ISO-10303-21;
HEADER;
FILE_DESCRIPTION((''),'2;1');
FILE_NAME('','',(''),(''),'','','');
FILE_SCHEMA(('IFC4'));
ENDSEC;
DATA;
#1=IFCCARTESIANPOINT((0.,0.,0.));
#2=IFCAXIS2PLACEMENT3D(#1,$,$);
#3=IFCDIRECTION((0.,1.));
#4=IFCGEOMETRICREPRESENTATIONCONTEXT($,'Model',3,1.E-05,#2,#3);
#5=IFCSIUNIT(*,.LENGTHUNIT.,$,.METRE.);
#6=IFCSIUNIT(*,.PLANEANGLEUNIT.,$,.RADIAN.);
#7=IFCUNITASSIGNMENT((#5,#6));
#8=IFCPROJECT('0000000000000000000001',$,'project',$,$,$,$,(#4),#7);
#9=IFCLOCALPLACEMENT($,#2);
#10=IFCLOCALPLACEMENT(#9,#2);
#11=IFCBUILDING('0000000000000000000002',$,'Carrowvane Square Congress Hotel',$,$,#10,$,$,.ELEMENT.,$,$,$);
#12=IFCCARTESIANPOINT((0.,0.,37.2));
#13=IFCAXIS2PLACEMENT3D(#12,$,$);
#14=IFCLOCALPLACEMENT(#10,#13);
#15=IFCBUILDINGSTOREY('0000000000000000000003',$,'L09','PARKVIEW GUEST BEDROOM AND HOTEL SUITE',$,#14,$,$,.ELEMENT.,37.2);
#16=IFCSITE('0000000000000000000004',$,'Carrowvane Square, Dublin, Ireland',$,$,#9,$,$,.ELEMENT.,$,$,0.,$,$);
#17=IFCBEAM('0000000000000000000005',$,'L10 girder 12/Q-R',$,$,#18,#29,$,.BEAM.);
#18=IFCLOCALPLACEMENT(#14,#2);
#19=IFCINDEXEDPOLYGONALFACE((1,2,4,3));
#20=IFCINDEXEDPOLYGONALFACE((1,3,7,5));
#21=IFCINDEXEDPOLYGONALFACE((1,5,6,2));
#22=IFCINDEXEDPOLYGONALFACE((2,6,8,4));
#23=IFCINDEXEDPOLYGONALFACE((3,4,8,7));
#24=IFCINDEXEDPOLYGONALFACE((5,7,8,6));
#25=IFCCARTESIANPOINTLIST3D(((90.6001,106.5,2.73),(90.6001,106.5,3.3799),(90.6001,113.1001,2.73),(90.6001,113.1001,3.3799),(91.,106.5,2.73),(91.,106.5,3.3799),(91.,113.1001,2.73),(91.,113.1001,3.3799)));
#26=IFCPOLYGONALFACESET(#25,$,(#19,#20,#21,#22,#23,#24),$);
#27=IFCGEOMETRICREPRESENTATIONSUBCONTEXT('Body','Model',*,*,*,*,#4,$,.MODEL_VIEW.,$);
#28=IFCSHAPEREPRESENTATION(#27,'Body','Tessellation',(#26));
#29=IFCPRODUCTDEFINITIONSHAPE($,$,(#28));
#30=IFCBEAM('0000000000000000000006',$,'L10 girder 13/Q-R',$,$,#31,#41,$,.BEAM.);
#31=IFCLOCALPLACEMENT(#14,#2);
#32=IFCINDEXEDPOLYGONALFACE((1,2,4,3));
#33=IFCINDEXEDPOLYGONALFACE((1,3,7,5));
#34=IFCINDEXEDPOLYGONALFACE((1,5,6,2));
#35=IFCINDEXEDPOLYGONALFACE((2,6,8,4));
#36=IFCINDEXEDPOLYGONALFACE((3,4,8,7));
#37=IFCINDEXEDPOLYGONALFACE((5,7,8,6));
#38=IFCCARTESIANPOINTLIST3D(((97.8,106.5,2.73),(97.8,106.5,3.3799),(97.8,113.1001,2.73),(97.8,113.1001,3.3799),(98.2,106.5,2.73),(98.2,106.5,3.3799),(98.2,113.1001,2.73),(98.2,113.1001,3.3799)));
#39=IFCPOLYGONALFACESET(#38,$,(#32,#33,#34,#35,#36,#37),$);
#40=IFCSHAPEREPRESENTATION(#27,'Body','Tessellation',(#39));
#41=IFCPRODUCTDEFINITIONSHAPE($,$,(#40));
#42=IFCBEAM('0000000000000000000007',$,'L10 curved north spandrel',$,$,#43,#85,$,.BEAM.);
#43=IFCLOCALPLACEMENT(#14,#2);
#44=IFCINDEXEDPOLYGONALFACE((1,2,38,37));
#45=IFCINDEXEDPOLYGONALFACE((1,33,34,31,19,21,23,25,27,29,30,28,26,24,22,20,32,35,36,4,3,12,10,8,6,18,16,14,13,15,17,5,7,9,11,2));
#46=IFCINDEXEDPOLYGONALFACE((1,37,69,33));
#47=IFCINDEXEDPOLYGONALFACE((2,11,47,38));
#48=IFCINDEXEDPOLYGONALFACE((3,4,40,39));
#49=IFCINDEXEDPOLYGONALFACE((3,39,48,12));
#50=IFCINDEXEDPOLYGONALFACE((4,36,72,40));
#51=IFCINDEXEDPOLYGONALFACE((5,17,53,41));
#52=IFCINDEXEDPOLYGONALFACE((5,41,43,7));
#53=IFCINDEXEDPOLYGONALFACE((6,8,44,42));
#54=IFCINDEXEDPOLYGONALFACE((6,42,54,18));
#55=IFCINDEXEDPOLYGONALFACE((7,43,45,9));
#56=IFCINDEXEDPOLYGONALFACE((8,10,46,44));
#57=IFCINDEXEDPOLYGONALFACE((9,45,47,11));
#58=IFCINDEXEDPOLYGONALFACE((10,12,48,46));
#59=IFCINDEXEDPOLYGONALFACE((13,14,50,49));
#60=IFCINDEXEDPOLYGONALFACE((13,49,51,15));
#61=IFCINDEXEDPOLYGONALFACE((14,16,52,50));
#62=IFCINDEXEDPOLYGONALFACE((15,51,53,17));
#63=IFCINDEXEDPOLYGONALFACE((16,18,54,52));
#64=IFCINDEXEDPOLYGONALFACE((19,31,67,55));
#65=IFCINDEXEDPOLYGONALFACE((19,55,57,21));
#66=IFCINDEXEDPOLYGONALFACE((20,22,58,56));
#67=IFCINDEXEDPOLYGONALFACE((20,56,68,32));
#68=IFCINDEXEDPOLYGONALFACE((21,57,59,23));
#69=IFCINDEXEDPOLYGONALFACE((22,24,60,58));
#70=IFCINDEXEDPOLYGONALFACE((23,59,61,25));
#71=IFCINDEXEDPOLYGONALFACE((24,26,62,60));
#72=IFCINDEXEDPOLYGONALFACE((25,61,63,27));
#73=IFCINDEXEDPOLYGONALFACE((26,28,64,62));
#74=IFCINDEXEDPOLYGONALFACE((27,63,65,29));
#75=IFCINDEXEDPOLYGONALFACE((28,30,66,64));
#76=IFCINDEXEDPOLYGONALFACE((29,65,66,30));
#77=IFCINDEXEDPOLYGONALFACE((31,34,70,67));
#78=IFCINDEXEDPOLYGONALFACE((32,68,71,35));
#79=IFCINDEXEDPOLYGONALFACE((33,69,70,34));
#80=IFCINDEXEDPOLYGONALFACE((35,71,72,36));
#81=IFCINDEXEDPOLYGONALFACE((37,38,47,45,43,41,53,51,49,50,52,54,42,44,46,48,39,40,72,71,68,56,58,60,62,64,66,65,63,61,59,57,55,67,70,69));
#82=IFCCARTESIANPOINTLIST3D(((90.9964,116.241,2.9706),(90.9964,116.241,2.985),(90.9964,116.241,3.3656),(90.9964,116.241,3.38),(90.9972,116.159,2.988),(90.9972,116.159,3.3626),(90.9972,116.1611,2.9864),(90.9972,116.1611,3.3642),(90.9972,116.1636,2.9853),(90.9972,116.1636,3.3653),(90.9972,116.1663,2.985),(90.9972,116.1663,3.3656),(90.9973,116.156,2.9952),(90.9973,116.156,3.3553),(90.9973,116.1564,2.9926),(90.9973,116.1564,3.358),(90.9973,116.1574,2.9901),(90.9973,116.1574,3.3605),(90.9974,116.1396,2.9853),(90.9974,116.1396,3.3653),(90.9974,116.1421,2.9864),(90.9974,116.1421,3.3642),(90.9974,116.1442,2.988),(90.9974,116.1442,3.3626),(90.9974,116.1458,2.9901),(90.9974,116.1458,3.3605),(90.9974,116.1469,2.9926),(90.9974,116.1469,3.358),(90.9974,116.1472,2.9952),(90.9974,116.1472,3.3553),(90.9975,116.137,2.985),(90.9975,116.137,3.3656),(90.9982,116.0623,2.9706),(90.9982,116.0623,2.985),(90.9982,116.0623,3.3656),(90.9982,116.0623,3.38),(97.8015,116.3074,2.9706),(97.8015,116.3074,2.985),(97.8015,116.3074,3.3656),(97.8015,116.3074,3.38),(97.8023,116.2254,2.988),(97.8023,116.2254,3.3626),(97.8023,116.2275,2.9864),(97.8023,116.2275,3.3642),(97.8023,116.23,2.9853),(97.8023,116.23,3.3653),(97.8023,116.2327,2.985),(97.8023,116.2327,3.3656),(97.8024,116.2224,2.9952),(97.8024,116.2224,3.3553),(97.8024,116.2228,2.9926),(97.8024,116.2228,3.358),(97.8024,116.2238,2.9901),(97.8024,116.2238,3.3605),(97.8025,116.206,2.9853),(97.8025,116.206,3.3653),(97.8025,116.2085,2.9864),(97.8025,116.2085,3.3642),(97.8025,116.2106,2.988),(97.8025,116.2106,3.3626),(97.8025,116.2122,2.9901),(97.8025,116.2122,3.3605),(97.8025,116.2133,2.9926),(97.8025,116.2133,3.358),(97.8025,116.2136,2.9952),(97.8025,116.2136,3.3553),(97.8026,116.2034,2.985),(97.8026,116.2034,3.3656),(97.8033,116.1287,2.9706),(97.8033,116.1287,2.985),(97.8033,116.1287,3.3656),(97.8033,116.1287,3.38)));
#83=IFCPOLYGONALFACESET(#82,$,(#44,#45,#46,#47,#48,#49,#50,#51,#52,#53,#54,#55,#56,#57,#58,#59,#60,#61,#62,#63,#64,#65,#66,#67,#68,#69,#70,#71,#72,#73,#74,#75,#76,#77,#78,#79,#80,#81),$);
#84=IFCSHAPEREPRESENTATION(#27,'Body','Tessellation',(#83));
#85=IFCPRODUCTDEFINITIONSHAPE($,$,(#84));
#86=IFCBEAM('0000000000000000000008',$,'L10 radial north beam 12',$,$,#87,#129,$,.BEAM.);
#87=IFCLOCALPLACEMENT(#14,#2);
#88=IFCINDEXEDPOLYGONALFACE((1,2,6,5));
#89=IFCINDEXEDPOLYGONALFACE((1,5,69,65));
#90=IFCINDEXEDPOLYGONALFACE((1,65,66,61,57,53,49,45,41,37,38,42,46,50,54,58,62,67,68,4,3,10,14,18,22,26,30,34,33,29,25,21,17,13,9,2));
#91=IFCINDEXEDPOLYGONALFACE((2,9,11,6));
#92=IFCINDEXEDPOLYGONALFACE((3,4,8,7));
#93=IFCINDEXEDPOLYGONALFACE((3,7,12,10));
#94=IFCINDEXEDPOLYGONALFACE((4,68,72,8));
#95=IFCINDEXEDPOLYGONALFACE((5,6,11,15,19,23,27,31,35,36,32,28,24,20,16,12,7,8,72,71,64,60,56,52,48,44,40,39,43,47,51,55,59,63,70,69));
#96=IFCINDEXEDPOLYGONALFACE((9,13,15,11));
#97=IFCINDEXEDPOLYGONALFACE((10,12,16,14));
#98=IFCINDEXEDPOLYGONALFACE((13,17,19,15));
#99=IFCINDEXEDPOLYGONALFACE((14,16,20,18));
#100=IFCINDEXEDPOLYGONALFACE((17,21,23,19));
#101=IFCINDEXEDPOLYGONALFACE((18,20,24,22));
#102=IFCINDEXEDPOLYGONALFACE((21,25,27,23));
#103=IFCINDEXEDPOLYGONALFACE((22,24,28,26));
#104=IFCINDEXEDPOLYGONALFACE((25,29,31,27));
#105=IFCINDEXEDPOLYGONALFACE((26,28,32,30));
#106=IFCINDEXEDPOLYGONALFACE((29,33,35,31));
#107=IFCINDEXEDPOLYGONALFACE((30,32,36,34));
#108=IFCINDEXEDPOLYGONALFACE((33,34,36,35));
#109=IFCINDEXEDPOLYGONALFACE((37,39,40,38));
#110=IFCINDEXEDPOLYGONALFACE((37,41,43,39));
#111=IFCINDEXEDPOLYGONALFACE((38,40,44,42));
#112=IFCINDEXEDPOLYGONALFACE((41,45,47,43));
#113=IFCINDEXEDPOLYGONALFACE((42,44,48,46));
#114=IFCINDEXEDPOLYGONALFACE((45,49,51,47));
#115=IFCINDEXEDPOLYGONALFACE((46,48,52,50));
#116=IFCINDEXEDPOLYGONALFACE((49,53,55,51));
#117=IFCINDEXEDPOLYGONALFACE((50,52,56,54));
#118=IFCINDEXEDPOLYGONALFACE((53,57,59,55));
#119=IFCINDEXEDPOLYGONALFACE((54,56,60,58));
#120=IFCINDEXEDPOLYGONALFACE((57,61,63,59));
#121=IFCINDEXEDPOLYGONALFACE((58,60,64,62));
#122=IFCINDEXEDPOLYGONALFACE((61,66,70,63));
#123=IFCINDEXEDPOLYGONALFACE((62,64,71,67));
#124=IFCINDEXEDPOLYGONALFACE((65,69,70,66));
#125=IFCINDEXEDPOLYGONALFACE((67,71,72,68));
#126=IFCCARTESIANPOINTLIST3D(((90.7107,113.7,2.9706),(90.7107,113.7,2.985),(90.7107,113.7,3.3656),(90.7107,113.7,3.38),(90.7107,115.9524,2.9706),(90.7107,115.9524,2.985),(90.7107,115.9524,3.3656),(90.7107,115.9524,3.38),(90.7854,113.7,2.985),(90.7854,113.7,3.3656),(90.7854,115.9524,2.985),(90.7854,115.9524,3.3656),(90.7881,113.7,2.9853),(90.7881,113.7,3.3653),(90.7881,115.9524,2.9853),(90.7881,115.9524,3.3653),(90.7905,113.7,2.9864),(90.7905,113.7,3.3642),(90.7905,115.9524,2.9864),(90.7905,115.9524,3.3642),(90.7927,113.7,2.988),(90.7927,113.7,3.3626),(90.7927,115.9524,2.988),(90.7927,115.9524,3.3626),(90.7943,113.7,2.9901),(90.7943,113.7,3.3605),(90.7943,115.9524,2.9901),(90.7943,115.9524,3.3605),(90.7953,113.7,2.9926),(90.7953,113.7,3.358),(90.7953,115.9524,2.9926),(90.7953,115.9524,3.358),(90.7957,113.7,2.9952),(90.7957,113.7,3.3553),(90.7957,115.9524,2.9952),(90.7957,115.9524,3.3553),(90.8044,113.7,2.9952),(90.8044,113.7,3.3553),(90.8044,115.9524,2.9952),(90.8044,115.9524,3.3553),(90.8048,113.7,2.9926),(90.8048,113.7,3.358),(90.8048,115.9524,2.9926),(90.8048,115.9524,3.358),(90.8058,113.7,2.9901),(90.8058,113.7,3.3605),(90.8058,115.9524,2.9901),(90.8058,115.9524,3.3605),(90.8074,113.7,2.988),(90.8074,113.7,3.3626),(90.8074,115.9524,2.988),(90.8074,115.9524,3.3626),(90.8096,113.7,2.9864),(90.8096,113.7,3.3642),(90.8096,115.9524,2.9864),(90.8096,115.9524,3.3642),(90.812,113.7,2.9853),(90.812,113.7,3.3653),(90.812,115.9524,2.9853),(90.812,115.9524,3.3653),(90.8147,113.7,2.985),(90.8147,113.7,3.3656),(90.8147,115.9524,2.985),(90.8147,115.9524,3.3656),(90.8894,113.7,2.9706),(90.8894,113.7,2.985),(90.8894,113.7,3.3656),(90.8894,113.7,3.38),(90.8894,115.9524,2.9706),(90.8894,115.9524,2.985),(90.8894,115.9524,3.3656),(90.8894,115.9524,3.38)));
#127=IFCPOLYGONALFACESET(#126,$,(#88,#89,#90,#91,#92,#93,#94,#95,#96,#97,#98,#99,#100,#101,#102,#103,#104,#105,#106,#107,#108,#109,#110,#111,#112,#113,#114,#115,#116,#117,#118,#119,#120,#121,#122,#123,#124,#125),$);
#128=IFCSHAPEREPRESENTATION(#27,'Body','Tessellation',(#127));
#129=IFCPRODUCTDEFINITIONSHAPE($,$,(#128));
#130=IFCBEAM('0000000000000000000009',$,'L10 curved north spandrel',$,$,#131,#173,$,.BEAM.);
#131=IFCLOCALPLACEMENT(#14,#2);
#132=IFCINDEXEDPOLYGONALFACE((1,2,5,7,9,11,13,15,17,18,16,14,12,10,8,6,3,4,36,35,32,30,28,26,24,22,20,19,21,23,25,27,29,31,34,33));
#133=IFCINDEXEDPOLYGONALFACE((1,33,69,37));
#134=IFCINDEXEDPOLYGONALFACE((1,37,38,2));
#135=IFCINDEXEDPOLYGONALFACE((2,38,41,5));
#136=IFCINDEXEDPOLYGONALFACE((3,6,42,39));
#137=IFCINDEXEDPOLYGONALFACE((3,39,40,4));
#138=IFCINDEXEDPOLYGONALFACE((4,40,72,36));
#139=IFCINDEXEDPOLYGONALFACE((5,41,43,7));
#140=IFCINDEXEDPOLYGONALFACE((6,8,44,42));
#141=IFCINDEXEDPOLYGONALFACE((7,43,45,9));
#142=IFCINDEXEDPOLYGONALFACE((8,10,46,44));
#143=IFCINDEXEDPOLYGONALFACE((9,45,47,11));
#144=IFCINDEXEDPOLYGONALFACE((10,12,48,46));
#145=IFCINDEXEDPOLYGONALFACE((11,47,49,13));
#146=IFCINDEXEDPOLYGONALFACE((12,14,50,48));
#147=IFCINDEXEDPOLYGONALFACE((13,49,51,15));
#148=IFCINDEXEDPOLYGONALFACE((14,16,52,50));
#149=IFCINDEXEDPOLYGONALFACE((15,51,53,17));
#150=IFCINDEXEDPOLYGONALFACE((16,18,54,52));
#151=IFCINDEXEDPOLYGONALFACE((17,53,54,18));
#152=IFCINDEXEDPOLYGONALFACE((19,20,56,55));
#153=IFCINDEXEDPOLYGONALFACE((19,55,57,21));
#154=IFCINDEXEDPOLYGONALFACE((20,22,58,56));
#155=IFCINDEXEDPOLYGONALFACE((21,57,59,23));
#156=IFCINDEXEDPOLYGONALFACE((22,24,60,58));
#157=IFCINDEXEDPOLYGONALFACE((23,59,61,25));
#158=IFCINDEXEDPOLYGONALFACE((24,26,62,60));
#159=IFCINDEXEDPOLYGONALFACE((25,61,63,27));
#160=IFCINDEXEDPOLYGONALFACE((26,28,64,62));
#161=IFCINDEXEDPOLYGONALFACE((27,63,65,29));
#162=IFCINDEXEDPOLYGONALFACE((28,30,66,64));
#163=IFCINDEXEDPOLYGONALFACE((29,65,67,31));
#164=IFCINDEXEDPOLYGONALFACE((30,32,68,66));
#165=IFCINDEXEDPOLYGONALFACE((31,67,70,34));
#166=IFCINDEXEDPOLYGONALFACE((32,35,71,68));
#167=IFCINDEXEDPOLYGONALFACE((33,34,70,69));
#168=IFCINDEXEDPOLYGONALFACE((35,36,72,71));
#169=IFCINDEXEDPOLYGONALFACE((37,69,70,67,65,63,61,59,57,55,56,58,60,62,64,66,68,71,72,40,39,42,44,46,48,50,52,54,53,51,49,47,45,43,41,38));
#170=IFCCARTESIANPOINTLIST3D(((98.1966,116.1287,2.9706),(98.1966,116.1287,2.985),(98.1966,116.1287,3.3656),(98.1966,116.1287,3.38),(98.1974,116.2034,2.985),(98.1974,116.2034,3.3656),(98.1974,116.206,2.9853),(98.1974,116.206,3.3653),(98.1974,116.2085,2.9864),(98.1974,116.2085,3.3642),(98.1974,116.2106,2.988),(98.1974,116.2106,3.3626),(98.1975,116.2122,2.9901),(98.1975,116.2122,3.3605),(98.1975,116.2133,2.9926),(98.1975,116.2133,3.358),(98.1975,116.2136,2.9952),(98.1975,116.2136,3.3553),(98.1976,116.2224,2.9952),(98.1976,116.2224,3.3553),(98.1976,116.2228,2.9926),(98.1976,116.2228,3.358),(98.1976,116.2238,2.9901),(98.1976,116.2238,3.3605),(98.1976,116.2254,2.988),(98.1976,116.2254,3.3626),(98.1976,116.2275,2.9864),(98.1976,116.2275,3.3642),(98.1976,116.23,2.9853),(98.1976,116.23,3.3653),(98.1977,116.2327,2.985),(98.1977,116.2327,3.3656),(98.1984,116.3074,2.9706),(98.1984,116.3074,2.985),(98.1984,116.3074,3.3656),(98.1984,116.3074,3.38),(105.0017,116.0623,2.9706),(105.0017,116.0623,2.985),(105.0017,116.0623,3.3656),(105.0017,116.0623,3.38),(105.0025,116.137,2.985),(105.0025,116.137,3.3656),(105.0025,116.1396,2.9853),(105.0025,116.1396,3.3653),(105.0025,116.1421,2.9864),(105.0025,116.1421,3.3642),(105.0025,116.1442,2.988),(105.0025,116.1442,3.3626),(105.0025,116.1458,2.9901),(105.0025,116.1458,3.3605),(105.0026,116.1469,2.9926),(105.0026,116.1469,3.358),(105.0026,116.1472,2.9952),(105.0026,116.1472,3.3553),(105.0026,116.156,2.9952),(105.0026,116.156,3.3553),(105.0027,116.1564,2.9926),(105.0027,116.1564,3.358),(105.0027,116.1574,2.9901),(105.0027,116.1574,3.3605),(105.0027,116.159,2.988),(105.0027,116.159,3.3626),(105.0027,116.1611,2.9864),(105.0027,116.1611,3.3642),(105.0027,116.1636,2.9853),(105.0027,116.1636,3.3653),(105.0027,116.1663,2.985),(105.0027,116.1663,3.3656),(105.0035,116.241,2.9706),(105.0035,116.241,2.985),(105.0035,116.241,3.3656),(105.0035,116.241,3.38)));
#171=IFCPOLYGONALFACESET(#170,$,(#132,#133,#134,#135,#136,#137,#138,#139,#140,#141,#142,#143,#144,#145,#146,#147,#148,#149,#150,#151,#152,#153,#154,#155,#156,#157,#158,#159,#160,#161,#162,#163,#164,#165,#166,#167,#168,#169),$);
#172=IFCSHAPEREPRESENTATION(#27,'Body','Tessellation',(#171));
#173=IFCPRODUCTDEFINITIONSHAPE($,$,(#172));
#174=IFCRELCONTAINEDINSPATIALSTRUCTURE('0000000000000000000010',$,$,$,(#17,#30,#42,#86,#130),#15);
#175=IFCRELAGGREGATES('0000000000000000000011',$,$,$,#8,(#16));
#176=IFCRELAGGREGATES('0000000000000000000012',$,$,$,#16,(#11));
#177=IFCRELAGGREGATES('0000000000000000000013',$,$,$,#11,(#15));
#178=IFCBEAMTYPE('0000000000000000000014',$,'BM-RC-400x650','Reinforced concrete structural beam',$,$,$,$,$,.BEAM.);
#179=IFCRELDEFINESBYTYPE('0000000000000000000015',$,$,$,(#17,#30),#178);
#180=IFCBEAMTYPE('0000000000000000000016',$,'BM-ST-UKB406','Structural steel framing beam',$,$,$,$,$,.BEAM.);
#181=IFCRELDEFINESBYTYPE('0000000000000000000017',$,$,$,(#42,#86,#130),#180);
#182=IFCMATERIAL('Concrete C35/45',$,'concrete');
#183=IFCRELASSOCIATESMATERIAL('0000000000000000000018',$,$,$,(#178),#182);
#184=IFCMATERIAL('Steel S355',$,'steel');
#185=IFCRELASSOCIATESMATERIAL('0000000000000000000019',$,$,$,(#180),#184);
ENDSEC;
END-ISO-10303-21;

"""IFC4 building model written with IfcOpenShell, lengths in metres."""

from ifc_helpers import new_model, si_unit, direction, frame, origin, origin_2d, place, context, subcontext, project, spatial, rectangle, i_section, extrude, material, material_profile, profile_set, type_object, element, save


model = new_model("IFC4")

# Units and contexts
model_context = context("Model", 3, precision=1e-05, world=origin(), true_north=direction((0.0, 1.0)))
body_context = subcontext(model_context, "Body", "Model", "MODEL_VIEW")
ifc_project = project(units=[si_unit("LENGTHUNIT", "METRE"), si_unit("PLANEANGLEUNIT", "RADIAN")], contexts=[model_context])

# Site, building, storey
site_placement = place(None, origin())
site = spatial("IfcSite", under=ifc_project, at=site_placement, Name="Carrowvane Square, Dublin, Ireland", CompositionType="ELEMENT", RefElevation=0.0)
building_placement = place(site_placement, origin())
building = spatial("IfcBuilding", under=site, at=building_placement, Name="Carrowvane Square Congress Hotel", CompositionType="ELEMENT")
storey_placement = place(building_placement, frame((0.0, 0.0, 37.2)))
storey = spatial("IfcBuildingStorey", under=building, at=storey_placement, Name="L09", Description="PARKVIEW GUEST BEDROOM AND HOTEL SUITE", CompositionType="ELEMENT", Elevation=37.2)

# Beams
ifc_material_1 = material(Name="Concrete C35/45", Category="concrete")
ifc_material_profile_1 = material_profile(ifc_material_1, rectangle(XDim=0.3999, YDim=0.6499, at=origin_2d()), Name="RC 400x650")
ifc_profile_set_1 = profile_set([ifc_material_profile_1], Name="Concrete C35/45")
beam_type_1 = type_object("IfcBeamType", Name="BM-RC-400x650", Description="Reinforced concrete structural beam", PredefinedType="BEAM", material=ifc_profile_set_1)
for number, where, z_axis, x_axis, name in (
    (1, (90.8, 106.5, 3.0549), (0.0, 1.0, 0.0), (-1.0, 0.0, 0.0), "L10 girder 12/Q-R"),
    (2, (98.0, 106.5, 3.0549), (0.0, 1.0, 0.0), (-1.0, 0.0, 0.0), "L10 girder 13/Q-R"),
):
    element("IfcBeam", number, at=place(storey_placement, frame(where, z_axis=z_axis, x_axis=x_axis)), inside=storey, type_object=beam_type_1, Name=name, PredefinedType="BEAM", context=body_context, shape_type="SweptSolid", body=[
        extrude(rectangle(XDim=0.3999, YDim=0.6499, at=origin_2d()), origin(), (0.0, 0.0, 1.0), 6.6001),
    ])
ifc_material_2 = material(Name="Steel S355", Category="steel")
ifc_material_profile_2 = material_profile(ifc_material_2, i_section(OverallWidth=0.1787, OverallDepth=0.4094, WebThickness=0.0088, FlangeThickness=0.0144, FilletRadius=0.0103, at=origin_2d()), Name="UKB 406x178x67")
ifc_profile_set_2 = profile_set([ifc_material_profile_2], Name="Steel S355")
beam_type_2 = type_object("IfcBeamType", Name="BM-ST-UKB406", Description="Structural steel framing beam", PredefinedType="BEAM", material=ifc_profile_set_2)
beam_1_placement = place(storey_placement, frame((90.9973, 116.1516, 3.1753), z_axis=(0.999952, 0.009758, 0.0), x_axis=(-0.009758, 0.999952, 0.0)))
element("IfcBeam", 3, at=beam_1_placement, inside=storey, type_object=beam_type_2, Name="L10 curved north spandrel", PredefinedType="BEAM", context=body_context, shape_type="SweptSolid", body=[
    extrude(i_section(OverallWidth=0.1787, OverallDepth=0.4094, WebThickness=0.0088, FlangeThickness=0.0144, FilletRadius=0.0103, at=origin_2d()), origin(), (0.0, 0.0, 1.0), 6.8054),
])
beam_2_placement = place(storey_placement, frame((90.8, 113.7, 3.1753), z_axis=(0.0, 1.0, 0.0), x_axis=(-1.0, 0.0, 0.0)))
element("IfcBeam", 4, at=beam_2_placement, inside=storey, type_object=beam_type_2, Name="L10 radial north beam 12", PredefinedType="BEAM", context=body_context, shape_type="SweptSolid", body=[
    extrude(i_section(OverallWidth=0.1787, OverallDepth=0.4094, WebThickness=0.0088, FlangeThickness=0.0144, FilletRadius=0.0103, at=origin_2d()), origin(), (0.0, 0.0, 1.0), 2.2524),
])
beam_3_placement = place(storey_placement, frame((98.1975, 116.218, 3.1753), z_axis=(0.999952, -0.009758, 0.0), x_axis=(0.009758, 0.999952, 0.0)))
element("IfcBeam", 5, at=beam_3_placement, inside=storey, type_object=beam_type_2, Name="L10 curved north spandrel", PredefinedType="BEAM", context=body_context, shape_type="SweptSolid", body=[
    extrude(i_section(OverallWidth=0.1787, OverallDepth=0.4094, WebThickness=0.0088, FlangeThickness=0.0144, FilletRadius=0.0103, at=origin_2d()), origin(), (0.0, 0.0, 1.0), 6.8054),
])

save(model, "model.ifc")
